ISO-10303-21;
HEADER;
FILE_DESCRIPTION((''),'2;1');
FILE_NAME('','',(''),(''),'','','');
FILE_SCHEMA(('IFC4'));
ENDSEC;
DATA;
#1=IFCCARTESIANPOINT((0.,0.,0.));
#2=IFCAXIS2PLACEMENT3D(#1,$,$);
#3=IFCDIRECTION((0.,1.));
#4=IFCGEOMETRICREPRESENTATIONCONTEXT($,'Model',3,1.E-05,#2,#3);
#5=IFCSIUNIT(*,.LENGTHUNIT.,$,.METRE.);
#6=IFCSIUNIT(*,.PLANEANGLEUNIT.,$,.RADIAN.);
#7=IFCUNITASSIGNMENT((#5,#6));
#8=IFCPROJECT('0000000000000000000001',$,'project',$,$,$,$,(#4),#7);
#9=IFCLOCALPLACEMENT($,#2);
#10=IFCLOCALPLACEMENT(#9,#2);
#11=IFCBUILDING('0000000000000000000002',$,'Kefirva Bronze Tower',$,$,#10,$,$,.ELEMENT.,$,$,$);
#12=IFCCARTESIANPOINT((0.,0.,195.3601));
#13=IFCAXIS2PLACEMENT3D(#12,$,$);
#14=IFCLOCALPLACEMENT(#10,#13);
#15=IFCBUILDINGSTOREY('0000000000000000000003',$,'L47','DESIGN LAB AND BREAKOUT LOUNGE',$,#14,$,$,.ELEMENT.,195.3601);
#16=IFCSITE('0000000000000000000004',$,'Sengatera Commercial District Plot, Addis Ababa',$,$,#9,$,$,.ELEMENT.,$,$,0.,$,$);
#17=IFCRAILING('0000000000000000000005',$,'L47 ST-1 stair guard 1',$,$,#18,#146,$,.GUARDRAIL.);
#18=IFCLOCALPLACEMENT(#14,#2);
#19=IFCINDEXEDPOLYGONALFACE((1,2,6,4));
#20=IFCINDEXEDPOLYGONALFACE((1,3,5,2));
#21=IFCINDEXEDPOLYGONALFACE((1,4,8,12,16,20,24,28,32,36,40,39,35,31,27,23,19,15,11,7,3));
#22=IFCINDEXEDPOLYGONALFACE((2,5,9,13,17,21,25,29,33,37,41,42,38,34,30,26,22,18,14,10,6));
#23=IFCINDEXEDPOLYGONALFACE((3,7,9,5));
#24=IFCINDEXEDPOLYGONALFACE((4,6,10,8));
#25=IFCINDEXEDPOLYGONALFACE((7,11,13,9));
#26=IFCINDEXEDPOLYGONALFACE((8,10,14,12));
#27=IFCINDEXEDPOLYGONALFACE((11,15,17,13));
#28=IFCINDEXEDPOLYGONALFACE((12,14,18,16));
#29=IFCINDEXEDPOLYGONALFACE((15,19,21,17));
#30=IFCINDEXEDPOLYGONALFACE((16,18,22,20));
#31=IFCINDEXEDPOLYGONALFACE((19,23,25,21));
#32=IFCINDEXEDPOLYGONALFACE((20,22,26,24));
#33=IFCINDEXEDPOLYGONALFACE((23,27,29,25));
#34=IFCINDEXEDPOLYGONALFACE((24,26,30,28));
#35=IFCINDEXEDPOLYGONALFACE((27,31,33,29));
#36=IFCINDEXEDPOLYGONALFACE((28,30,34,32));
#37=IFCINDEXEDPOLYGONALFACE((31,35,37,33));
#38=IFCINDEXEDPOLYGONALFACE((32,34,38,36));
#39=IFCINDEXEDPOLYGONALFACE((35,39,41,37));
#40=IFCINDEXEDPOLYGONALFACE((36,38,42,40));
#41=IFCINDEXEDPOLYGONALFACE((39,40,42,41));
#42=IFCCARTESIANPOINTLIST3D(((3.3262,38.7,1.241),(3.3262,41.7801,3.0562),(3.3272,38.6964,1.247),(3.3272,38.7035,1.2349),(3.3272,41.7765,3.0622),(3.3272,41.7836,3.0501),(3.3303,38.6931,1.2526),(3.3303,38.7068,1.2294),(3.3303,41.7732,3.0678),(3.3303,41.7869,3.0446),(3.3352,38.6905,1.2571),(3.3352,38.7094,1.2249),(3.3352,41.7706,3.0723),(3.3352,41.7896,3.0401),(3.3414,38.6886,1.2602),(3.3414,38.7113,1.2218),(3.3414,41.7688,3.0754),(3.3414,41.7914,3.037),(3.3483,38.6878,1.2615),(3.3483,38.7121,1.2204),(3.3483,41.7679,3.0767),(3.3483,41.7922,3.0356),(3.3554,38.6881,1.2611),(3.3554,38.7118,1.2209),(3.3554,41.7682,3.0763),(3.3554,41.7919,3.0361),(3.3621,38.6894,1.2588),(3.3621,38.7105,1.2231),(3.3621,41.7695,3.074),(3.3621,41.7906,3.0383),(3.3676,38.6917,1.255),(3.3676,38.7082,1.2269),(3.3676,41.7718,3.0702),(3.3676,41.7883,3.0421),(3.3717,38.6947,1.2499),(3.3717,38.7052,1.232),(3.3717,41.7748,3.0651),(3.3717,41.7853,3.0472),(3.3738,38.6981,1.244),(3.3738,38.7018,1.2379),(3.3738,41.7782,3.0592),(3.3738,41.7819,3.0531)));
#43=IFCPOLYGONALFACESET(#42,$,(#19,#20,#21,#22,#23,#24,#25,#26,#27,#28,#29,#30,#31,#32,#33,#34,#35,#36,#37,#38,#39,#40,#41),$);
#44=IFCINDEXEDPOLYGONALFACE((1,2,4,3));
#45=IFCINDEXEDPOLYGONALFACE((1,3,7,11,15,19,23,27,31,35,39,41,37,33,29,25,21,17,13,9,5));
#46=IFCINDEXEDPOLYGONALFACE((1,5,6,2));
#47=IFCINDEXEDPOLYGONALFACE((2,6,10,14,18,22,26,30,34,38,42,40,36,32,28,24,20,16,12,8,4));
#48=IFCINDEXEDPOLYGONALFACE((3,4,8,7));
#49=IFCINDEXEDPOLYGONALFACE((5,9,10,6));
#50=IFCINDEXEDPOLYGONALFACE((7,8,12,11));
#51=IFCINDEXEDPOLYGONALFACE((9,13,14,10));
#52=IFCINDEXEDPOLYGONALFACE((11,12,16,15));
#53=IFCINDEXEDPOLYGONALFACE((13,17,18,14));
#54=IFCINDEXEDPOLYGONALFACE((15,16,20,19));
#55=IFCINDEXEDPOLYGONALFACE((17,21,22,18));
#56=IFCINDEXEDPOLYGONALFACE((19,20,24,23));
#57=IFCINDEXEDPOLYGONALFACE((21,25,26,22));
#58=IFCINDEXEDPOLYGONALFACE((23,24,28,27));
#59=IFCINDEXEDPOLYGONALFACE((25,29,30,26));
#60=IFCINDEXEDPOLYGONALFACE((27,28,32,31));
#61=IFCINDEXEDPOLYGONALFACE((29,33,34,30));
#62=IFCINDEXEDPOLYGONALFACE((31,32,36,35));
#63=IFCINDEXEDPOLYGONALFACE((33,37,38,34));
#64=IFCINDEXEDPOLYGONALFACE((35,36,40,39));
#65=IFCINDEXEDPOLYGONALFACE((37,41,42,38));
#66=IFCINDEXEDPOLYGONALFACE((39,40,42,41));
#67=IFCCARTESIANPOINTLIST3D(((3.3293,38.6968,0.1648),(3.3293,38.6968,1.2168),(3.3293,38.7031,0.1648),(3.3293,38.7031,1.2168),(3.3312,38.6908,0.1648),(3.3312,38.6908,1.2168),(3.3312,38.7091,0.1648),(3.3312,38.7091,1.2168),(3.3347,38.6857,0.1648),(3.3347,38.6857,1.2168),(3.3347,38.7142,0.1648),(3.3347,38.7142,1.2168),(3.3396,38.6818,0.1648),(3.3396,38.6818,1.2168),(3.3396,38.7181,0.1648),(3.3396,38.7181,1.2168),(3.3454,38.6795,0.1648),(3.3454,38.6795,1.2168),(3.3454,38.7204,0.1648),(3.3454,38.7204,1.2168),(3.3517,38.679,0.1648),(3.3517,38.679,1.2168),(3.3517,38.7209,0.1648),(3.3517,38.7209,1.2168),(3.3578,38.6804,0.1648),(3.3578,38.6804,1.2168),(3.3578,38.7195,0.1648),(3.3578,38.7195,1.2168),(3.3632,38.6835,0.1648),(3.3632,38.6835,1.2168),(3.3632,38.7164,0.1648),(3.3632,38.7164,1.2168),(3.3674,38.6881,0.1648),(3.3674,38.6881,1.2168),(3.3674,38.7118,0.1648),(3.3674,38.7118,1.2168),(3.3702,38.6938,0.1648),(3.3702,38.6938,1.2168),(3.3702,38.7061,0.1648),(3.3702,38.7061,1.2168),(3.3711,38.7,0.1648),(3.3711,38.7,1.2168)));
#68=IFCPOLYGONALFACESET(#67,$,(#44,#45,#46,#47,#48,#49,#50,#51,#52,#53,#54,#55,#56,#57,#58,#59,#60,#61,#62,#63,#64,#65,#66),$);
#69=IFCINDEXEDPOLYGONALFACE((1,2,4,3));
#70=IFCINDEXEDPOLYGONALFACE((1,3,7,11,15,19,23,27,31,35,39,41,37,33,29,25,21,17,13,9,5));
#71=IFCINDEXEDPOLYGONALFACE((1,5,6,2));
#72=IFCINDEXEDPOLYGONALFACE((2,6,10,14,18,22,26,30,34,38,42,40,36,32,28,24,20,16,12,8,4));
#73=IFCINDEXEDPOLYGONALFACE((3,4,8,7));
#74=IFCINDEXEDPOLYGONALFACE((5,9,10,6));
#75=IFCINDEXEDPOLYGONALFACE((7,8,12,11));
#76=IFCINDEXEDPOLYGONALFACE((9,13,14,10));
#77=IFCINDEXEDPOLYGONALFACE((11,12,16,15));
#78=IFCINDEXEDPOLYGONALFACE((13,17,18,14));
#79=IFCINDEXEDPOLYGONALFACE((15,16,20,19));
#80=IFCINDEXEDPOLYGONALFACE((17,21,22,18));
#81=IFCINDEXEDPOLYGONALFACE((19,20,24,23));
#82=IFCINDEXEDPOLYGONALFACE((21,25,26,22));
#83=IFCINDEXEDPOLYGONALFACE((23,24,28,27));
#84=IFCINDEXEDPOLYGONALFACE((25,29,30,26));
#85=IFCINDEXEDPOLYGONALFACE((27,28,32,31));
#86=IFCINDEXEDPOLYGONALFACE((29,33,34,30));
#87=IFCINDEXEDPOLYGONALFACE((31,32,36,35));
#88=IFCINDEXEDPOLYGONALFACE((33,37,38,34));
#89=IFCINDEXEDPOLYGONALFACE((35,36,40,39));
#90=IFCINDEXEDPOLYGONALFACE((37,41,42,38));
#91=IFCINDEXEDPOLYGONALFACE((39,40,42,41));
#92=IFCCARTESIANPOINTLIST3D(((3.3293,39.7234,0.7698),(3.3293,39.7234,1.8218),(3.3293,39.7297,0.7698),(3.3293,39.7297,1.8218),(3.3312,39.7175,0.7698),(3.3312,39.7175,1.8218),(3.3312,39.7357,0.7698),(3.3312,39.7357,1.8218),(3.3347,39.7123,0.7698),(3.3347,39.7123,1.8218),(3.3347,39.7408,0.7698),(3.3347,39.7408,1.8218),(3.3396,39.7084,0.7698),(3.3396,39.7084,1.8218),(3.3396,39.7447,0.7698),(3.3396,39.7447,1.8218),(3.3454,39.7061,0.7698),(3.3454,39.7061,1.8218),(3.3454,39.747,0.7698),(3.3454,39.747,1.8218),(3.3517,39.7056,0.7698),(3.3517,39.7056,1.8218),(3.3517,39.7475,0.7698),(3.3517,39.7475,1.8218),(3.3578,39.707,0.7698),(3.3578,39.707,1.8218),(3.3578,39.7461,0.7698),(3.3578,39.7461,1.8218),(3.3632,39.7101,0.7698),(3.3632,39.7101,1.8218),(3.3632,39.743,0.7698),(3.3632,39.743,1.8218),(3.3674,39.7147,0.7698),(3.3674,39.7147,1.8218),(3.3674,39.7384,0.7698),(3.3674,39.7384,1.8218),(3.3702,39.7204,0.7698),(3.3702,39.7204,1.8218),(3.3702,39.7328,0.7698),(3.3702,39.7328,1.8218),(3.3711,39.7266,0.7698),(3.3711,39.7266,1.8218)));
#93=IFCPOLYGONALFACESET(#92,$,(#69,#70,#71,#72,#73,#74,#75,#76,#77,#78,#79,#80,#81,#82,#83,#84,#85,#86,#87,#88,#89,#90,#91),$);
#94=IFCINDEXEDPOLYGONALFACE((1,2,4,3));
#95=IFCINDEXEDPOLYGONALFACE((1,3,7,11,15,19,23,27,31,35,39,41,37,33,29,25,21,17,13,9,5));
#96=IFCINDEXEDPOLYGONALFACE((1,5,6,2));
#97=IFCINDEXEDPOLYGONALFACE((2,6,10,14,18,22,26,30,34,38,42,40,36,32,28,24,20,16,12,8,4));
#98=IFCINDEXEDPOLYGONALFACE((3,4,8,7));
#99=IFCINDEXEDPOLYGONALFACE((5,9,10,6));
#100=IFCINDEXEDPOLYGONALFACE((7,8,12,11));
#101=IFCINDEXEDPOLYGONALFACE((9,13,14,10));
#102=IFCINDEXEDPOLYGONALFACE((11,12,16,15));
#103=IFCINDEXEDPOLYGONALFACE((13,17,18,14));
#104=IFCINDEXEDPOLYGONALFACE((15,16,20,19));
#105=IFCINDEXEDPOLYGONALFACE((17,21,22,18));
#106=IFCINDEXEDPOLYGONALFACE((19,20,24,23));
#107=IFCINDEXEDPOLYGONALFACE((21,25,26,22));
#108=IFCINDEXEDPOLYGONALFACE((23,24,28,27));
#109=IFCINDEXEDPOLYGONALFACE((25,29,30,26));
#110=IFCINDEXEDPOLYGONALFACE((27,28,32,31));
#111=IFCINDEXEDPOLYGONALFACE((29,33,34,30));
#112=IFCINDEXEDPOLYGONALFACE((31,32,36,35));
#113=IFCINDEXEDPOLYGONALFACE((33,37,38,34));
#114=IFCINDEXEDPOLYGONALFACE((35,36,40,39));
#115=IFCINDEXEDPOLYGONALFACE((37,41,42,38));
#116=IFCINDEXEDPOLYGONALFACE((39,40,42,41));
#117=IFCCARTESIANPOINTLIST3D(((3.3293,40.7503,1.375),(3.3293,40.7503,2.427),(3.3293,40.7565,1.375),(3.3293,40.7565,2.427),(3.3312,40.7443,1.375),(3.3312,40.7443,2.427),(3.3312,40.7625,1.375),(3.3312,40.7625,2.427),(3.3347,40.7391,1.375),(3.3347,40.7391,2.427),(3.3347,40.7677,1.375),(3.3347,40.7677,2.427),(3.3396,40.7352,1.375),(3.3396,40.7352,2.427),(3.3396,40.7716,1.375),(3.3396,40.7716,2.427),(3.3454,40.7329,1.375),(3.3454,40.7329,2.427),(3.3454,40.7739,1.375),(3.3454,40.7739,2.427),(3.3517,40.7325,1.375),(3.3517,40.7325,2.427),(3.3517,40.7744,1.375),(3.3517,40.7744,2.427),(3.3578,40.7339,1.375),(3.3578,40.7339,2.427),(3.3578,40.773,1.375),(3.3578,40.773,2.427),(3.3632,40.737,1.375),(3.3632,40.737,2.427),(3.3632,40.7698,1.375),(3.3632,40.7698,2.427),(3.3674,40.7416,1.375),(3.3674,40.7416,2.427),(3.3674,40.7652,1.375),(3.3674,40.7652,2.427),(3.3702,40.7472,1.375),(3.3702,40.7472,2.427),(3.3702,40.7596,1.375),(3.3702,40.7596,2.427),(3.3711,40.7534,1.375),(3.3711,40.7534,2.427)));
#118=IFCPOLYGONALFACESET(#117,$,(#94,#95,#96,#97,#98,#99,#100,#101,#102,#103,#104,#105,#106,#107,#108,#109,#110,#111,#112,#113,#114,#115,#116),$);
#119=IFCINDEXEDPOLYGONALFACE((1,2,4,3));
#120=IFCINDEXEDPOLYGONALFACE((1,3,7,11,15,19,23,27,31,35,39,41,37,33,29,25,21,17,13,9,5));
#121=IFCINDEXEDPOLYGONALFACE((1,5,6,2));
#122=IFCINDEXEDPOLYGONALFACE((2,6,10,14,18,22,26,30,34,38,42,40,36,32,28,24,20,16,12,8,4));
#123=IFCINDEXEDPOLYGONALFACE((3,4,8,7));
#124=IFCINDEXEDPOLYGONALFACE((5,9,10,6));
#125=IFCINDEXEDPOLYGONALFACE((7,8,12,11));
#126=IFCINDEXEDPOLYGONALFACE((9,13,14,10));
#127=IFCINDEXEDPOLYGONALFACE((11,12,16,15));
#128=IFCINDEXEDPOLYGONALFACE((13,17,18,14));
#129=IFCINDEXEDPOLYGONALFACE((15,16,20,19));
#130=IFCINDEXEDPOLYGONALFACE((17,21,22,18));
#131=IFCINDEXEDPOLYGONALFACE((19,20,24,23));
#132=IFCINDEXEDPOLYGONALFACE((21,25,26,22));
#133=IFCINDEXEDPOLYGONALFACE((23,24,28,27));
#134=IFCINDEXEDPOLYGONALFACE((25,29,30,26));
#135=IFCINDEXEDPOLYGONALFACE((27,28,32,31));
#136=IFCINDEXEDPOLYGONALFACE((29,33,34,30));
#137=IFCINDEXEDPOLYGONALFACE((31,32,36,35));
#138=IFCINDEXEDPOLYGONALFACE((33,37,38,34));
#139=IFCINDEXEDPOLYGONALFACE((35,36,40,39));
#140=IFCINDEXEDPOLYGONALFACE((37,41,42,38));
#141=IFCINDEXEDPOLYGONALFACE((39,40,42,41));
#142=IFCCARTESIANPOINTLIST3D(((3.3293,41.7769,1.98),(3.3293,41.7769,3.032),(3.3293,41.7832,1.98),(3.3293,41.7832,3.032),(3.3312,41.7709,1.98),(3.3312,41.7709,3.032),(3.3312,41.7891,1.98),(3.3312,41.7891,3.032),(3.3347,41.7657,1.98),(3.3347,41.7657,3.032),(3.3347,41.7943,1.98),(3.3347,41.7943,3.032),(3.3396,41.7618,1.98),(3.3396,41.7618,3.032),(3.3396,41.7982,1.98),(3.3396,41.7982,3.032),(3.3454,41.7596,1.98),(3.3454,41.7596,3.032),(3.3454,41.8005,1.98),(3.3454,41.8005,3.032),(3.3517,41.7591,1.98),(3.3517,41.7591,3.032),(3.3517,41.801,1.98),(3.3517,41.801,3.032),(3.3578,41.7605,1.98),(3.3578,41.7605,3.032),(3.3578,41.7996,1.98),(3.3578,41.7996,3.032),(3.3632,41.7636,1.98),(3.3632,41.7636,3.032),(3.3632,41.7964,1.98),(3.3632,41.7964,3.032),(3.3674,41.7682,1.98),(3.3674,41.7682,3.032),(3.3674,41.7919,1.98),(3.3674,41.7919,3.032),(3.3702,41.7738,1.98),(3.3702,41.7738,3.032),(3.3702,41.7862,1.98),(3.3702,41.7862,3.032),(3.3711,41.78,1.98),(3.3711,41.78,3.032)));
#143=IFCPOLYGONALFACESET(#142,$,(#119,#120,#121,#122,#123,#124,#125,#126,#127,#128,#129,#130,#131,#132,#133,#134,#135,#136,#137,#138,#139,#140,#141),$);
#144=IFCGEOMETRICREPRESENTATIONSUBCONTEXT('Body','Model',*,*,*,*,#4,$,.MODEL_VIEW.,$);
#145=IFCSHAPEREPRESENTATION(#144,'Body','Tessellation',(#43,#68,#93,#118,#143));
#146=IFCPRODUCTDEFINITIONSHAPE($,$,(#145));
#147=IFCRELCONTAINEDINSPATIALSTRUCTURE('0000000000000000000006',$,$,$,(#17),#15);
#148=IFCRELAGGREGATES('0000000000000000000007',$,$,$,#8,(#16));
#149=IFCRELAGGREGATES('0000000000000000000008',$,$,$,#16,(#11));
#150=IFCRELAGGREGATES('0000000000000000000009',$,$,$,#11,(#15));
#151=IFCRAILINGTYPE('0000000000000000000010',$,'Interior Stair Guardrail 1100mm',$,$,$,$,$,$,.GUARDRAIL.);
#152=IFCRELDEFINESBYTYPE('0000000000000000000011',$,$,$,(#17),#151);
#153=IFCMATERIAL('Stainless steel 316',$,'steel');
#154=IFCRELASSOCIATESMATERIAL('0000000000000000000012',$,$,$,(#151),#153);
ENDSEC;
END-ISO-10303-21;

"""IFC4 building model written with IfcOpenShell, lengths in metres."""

from ifc_helpers import new_model, si_unit, direction, frame, origin, origin_2d, place, context, subcontext, project, spatial, circle, extrude, material, type_object, element, save


model = new_model("IFC4")

# Units and contexts
model_context = context("Model", 3, precision=1e-05, world=origin(), true_north=direction((0.0, 1.0)))
body_context = subcontext(model_context, "Body", "Model", "MODEL_VIEW")
ifc_project = project(units=[si_unit("LENGTHUNIT", "METRE"), si_unit("PLANEANGLEUNIT", "RADIAN")], contexts=[model_context])

# Site, building, storey
site_placement = place(None, origin())
site = spatial("IfcSite", under=ifc_project, at=site_placement, Name="Sengatera Commercial District Plot, Addis Ababa", CompositionType="ELEMENT", RefElevation=0.0)
building_placement = place(site_placement, origin())
building = spatial("IfcBuilding", under=site, at=building_placement, Name="Kefirva Bronze Tower", CompositionType="ELEMENT")
storey_placement = place(building_placement, frame((0.0, 0.0, 195.3601)))
storey = spatial("IfcBuildingStorey", under=building, at=storey_placement, Name="L47", Description="DESIGN LAB AND BREAKOUT LOUNGE", CompositionType="ELEMENT", Elevation=195.3601)

# Railing
ifc_material_1 = material(Name="Stainless steel 316", Category="steel")
railing_type_1 = type_object("IfcRailingType", Name="Interior Stair Guardrail 1100mm", PredefinedType="GUARDRAIL", material=ifc_material_1)
railing_1_placement = place(storey_placement, frame((3.3501, 38.7, 0.1648)))
element("IfcRailing", 1, at=railing_1_placement, inside=storey, type_object=railing_type_1, Name="L47 ST-1 stair guard 1", PredefinedType="GUARDRAIL", context=body_context, shape_type="SweptSolid", body=[
    extrude(circle(Radius=0.0239, at=origin_2d()), frame((0.0, 0.0, 1.0762), z_axis=(0.0, 0.861521, 0.507721), x_axis=(-1.0, 0.0, 0.0)), (0.0, 0.0, 1.0), 3.5752),
    extrude(circle(Radius=0.021, at=origin_2d()), origin(), (0.0, 0.0, 1.0), 1.052),
    extrude(circle(Radius=0.021, at=origin_2d()), frame((0.0, 1.0266, 0.605)), (0.0, 0.0, 1.0), 1.052),
    extrude(circle(Radius=0.021, at=origin_2d()), frame((0.0, 2.0535, 1.2102)), (0.0, 0.0, 1.0), 1.052),
    extrude(circle(Radius=0.021, at=origin_2d()), frame((0.0, 3.0801, 1.8152)), (0.0, 0.0, 1.0), 1.052),
])

save(model, "model.ifc")
